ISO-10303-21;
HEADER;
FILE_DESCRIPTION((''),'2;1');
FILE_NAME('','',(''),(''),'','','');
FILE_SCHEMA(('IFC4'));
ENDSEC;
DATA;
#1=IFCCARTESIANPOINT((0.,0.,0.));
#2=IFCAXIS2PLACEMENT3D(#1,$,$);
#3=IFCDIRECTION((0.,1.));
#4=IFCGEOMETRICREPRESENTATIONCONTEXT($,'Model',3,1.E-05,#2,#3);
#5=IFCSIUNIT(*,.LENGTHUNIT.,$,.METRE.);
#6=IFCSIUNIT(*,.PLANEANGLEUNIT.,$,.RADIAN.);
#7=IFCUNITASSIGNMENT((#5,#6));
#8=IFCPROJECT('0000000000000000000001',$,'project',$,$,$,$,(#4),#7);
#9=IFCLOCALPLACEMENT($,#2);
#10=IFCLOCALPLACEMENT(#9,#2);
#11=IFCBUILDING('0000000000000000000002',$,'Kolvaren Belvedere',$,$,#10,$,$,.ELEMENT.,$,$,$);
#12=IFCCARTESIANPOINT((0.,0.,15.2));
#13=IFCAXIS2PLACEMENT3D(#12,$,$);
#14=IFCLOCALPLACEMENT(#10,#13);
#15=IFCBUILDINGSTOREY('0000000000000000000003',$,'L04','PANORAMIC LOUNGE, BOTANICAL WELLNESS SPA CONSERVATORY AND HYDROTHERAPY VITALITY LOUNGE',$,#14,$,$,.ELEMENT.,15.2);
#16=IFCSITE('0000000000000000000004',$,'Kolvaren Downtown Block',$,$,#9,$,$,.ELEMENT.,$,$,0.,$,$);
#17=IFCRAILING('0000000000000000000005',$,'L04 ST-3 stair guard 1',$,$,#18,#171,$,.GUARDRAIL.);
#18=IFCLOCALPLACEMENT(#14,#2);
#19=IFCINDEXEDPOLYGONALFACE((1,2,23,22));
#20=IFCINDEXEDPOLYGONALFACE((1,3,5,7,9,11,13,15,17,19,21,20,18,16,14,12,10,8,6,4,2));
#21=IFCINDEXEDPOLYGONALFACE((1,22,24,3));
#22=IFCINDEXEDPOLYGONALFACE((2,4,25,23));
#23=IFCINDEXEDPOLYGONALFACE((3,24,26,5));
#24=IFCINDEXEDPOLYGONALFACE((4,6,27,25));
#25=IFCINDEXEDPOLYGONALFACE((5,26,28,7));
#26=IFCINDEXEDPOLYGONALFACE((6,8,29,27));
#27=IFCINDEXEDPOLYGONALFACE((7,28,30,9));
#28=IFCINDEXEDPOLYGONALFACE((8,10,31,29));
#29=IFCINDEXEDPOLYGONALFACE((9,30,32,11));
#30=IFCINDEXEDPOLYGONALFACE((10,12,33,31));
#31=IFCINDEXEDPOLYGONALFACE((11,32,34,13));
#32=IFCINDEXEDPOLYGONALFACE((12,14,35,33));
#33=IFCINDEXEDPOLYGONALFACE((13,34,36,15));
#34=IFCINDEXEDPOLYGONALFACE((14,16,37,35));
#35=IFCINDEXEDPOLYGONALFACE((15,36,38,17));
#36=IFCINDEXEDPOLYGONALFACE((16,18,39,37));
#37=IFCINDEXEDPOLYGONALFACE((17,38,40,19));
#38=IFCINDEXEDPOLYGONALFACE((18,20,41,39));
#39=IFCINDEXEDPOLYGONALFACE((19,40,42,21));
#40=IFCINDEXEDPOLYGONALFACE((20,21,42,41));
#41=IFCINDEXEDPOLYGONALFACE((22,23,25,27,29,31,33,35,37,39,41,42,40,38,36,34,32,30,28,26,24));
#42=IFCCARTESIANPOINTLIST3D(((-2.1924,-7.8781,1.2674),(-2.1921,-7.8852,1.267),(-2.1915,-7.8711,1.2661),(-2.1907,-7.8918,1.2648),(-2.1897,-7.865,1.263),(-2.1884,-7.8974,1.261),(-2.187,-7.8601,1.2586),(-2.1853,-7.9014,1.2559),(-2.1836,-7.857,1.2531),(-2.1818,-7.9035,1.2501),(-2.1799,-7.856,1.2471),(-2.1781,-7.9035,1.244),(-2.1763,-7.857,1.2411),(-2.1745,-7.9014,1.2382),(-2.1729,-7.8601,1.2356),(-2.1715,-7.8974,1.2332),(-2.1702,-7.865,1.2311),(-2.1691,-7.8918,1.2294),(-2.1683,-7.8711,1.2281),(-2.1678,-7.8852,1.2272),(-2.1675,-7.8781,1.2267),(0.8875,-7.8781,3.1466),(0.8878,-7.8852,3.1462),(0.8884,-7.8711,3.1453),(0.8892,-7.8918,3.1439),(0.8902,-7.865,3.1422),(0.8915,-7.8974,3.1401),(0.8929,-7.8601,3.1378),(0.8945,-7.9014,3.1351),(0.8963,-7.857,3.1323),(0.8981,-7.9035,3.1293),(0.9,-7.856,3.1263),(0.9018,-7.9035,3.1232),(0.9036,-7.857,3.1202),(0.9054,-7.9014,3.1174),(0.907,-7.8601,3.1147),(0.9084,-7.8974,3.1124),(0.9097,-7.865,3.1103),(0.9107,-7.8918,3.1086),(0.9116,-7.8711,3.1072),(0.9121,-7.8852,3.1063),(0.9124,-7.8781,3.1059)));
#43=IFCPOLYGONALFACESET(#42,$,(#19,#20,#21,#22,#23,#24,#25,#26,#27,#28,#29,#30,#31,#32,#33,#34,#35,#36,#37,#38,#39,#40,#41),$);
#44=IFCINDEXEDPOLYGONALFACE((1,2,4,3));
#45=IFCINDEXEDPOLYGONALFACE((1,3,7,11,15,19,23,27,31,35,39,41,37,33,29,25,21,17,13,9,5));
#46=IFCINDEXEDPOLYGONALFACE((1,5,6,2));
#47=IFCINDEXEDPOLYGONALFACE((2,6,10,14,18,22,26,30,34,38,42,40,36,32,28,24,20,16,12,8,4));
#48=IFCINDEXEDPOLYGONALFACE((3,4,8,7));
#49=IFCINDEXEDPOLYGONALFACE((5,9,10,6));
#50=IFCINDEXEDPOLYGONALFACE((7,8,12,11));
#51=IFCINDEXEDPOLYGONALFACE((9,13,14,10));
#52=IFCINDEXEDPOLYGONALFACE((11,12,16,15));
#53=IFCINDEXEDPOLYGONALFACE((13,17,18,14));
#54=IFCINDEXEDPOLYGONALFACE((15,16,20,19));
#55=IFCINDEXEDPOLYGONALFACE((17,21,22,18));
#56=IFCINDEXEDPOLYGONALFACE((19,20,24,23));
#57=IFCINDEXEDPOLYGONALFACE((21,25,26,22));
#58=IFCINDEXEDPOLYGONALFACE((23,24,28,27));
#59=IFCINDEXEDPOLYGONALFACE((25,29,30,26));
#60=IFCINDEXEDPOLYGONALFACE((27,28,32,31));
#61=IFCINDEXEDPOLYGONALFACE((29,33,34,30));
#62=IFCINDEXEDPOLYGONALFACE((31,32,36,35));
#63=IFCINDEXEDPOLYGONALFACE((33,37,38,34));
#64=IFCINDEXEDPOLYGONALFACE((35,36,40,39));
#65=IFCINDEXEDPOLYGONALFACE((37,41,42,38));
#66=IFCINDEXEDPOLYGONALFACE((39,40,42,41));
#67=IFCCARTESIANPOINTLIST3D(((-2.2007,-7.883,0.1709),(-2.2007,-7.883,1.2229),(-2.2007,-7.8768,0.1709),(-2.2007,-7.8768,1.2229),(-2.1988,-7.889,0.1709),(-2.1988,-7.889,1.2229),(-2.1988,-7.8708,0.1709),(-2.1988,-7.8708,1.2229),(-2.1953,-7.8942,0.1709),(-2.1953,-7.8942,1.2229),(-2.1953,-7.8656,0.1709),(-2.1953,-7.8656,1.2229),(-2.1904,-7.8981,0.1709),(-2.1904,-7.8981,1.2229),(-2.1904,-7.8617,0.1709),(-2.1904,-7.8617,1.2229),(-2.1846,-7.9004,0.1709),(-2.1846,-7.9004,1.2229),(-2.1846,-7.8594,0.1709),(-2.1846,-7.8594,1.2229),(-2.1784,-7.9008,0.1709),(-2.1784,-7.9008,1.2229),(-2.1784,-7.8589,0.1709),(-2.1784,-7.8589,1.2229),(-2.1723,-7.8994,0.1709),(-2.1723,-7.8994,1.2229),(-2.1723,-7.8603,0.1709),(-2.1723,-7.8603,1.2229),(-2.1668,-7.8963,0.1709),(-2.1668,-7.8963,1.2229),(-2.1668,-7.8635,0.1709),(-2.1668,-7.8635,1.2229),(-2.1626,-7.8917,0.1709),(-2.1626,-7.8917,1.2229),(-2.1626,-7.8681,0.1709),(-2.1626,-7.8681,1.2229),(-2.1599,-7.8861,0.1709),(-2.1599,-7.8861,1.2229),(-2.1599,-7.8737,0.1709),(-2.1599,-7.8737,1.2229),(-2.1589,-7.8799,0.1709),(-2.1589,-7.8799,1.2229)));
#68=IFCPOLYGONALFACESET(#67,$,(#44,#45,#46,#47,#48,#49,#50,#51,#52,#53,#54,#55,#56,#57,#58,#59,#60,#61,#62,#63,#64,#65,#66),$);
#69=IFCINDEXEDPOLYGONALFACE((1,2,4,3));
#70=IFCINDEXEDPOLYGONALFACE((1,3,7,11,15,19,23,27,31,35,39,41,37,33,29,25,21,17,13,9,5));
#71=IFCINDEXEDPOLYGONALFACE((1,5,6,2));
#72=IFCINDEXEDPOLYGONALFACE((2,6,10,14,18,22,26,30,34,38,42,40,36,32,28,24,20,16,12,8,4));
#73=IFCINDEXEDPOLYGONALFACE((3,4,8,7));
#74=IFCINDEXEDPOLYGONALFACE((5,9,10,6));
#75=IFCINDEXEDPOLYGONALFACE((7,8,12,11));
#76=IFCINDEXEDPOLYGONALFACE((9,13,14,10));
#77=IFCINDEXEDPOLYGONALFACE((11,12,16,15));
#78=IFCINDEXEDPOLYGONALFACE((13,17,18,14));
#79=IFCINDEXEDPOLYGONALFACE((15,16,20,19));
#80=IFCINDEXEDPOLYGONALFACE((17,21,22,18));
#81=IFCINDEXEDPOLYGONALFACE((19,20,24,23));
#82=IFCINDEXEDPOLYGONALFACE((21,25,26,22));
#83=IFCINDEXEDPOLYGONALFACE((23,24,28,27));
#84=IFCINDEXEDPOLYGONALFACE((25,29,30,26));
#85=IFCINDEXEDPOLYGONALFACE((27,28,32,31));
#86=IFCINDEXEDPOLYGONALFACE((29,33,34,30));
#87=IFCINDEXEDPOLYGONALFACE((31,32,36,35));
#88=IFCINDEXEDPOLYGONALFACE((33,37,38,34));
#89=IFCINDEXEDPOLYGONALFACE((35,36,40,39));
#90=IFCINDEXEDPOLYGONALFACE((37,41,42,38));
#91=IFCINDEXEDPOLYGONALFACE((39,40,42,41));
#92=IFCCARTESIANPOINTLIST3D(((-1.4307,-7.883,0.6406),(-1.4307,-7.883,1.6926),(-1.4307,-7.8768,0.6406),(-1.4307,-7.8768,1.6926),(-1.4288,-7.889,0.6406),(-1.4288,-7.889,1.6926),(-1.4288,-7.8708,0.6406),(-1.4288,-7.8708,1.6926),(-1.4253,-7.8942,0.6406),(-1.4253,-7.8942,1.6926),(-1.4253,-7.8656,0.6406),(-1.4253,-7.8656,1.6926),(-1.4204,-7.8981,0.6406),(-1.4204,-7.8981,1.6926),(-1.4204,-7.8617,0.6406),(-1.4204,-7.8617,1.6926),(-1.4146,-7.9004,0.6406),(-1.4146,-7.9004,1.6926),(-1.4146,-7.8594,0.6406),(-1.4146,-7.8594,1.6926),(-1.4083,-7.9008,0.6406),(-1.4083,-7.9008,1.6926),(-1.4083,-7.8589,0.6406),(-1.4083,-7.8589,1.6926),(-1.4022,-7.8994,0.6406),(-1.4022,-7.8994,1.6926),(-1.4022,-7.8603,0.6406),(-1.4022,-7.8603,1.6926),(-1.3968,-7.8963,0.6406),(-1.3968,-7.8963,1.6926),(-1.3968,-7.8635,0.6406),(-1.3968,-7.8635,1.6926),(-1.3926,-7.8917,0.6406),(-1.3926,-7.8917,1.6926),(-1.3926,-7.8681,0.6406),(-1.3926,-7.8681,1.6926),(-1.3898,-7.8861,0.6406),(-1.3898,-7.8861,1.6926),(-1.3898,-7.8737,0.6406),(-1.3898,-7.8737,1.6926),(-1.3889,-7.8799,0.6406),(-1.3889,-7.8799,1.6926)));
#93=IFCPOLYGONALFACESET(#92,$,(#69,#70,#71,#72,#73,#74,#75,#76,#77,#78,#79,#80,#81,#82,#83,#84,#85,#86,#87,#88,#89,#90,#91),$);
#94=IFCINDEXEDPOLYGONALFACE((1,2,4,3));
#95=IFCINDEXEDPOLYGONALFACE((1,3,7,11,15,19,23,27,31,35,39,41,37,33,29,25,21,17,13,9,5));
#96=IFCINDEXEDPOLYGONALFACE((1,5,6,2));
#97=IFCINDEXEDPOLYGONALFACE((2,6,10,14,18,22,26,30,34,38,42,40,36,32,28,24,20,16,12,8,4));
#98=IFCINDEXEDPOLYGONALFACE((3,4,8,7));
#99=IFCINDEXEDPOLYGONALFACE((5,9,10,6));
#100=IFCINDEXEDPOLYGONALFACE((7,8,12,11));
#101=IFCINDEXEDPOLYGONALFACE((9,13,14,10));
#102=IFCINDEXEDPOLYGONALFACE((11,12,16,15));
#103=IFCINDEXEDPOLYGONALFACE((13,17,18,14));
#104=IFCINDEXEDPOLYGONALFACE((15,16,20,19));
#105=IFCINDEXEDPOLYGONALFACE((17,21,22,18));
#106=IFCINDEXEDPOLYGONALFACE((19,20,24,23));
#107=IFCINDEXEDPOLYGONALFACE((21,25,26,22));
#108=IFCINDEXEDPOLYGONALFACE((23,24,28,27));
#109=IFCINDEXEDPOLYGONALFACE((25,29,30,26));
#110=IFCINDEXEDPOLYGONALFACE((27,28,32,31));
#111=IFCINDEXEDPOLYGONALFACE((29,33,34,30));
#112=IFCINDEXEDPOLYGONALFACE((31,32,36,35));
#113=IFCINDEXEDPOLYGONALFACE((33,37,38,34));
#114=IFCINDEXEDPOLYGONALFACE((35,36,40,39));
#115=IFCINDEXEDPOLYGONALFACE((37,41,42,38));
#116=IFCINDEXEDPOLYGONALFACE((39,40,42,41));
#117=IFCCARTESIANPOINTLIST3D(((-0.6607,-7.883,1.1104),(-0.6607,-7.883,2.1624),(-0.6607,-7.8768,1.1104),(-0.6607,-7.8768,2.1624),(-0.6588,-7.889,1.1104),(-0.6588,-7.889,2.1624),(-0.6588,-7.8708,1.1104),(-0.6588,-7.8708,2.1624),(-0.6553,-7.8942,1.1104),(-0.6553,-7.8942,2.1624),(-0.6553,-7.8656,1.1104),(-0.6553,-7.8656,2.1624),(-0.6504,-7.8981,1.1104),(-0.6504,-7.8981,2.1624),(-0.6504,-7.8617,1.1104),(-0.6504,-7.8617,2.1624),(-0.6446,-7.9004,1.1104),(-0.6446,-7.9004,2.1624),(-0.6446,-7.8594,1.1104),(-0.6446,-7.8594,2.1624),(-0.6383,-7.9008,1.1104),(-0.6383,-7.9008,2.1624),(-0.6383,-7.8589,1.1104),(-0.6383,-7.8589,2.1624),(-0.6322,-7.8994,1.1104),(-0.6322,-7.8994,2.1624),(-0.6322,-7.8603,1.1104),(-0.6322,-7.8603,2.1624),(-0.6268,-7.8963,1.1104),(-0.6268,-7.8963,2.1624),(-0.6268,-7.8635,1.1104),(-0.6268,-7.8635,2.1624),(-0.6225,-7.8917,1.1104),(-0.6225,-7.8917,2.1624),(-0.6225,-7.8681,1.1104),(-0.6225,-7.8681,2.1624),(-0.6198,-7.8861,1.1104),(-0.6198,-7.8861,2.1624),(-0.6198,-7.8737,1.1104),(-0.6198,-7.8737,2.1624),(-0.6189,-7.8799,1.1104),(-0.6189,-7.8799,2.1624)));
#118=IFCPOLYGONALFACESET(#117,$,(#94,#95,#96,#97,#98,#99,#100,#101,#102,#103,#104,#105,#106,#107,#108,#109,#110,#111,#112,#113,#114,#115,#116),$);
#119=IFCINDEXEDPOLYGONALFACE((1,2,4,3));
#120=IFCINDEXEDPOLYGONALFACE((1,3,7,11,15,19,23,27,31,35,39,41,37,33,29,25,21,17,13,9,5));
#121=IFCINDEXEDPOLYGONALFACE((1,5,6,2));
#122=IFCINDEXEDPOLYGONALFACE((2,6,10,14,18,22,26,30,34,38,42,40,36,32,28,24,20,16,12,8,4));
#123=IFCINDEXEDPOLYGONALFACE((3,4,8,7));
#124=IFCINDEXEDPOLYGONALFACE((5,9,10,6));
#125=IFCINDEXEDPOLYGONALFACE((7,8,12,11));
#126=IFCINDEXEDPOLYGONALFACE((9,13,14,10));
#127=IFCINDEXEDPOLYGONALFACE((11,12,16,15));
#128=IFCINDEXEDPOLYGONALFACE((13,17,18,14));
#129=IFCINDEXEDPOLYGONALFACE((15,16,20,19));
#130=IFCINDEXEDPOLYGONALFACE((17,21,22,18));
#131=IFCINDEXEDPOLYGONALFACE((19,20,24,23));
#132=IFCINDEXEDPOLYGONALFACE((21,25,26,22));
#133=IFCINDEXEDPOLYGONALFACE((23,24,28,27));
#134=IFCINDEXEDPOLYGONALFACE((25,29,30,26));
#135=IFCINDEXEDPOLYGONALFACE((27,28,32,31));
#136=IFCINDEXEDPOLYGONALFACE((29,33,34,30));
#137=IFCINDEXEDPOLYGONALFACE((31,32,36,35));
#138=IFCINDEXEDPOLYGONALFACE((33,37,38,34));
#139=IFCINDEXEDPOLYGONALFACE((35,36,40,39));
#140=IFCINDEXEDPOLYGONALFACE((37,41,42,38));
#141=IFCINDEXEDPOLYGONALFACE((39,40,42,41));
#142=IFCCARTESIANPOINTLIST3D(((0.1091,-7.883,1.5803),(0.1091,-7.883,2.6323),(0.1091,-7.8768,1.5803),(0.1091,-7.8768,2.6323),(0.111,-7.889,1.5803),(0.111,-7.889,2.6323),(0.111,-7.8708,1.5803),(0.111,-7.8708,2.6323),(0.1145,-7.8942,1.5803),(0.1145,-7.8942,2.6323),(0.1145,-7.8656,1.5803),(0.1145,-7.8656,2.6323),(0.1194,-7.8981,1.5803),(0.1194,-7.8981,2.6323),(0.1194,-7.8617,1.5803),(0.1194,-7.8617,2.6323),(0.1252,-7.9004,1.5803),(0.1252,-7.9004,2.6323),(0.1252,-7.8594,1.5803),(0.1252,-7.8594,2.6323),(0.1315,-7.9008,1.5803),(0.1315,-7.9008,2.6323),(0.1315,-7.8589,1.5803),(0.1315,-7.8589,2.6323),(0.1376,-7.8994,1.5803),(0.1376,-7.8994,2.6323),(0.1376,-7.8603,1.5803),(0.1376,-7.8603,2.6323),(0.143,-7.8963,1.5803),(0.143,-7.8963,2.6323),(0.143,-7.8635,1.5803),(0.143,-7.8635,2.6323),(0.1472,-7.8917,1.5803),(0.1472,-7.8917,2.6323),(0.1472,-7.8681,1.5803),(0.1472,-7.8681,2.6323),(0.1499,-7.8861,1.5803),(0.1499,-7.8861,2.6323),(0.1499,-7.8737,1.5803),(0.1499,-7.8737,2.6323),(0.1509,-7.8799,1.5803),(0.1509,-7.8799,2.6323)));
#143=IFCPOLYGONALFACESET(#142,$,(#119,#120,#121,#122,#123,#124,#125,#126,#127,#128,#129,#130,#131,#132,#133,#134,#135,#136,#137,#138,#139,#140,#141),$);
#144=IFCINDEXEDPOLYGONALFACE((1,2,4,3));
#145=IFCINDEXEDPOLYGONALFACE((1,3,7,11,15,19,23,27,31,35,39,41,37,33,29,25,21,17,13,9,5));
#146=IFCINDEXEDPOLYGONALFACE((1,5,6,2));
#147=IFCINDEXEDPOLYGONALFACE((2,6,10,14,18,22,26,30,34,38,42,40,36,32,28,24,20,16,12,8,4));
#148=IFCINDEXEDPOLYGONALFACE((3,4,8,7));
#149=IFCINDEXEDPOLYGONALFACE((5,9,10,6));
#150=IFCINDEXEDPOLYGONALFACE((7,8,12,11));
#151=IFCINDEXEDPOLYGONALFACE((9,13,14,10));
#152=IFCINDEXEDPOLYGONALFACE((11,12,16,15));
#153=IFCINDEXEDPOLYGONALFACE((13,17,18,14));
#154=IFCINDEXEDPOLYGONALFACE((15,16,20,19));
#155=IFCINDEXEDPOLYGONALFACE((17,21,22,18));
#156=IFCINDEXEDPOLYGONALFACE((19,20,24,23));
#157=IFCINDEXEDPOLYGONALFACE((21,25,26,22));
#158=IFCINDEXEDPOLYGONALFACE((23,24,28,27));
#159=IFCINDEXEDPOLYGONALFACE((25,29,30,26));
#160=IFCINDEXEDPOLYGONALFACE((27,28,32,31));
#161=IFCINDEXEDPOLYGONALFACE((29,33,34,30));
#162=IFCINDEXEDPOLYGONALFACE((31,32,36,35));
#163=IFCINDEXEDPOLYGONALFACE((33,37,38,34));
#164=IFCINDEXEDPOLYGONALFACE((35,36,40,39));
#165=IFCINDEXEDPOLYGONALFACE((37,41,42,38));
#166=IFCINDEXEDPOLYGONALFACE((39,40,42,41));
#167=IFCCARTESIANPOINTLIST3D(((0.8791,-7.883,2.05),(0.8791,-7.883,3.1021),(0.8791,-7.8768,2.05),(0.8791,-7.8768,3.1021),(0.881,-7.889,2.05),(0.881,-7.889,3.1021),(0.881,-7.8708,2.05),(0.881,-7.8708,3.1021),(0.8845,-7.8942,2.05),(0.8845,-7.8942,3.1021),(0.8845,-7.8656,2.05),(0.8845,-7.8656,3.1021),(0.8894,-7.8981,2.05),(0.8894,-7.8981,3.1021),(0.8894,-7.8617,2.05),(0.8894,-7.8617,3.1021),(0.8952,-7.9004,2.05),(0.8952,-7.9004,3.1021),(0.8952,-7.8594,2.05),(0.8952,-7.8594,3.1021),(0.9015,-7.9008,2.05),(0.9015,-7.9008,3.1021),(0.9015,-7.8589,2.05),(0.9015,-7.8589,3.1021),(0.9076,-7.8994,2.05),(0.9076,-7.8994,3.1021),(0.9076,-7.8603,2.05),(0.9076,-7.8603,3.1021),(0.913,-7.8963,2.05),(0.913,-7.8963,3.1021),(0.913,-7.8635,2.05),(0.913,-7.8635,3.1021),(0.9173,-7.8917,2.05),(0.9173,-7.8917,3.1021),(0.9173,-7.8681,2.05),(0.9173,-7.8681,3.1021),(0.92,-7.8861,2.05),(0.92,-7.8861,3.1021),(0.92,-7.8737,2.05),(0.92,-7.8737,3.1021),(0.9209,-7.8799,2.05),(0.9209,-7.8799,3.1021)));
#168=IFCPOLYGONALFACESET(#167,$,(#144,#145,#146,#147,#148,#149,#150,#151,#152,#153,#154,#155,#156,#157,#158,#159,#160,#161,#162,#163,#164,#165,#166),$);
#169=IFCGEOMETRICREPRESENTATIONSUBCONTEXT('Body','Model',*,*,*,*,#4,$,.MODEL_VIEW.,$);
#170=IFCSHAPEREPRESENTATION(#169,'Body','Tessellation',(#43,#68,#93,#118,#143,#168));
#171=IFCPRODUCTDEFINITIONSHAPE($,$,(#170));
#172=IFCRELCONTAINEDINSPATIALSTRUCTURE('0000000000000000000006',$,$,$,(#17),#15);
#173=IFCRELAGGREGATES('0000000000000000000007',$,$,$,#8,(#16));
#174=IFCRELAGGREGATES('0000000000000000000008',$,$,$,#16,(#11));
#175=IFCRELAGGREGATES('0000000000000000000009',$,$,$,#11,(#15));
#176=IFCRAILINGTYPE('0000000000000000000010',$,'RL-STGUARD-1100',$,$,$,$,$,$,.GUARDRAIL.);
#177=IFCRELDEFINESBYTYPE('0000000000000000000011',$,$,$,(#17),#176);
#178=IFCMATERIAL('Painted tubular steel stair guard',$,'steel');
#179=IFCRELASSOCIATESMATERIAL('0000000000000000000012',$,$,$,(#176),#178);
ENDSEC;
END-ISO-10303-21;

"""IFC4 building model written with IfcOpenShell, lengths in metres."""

from ifc_helpers import new_model, si_unit, direction, frame, origin, origin_2d, place, context, subcontext, project, spatial, circle, extrude, material, type_object, element, save


model = new_model("IFC4")

# Units and contexts
model_context = context("Model", 3, precision=1e-05, world=origin(), true_north=direction((0.0, 1.0)))
body_context = subcontext(model_context, "Body", "Model", "MODEL_VIEW")
ifc_project = project(units=[si_unit("LENGTHUNIT", "METRE"), si_unit("PLANEANGLEUNIT", "RADIAN")], contexts=[model_context])

# Site, building, storey
site_placement = place(None, origin())
site = spatial("IfcSite", under=ifc_project, at=site_placement, Name="Kolvaren Downtown Block", CompositionType="ELEMENT", RefElevation=0.0)
building_placement = place(site_placement, origin())
building = spatial("IfcBuilding", under=site, at=building_placement, Name="Kolvaren Belvedere", CompositionType="ELEMENT")
storey_placement = place(building_placement, frame((0.0, 0.0, 15.2)))
storey = spatial("IfcBuildingStorey", under=building, at=storey_placement, Name="L04", Description="PANORAMIC LOUNGE, BOTANICAL WELLNESS SPA CONSERVATORY AND HYDROTHERAPY VITALITY LOUNGE", CompositionType="ELEMENT", Elevation=15.2)

# Railing
ifc_material_1 = material(Name="Painted tubular steel stair guard", Category="steel")
railing_type_1 = type_object("IfcRailingType", Name="RL-STGUARD-1100", PredefinedType="GUARDRAIL", material=ifc_material_1)
railing_1_placement = place(storey_placement, frame((-2.1799, -7.8799, 0.1709)))
element("IfcRailing", 1, at=railing_1_placement, inside=storey, type_object=railing_type_1, Name="L04 ST-3 stair guard 1", PredefinedType="GUARDRAIL", context=body_context, shape_type="SweptSolid", body=[
    extrude(circle(Radius=0.0239, at=origin_2d()), frame((0.0, 0.0, 1.0762), z_axis=(0.853648, 0.0, 0.52085), x_axis=(0.0, 1.0, 0.0)), (0.0, 0.0, 1.0), 3.6079),
    extrude(circle(Radius=0.021, at=origin_2d()), origin(), (0.0, 0.0, 1.0), 1.052),
    extrude(circle(Radius=0.021, at=origin_2d()), frame((0.77, 0.0, 0.4697)), (0.0, 0.0, 1.0), 1.052),
    extrude(circle(Radius=0.021, at=origin_2d()), frame((1.54, 0.0, 0.9395)), (0.0, 0.0, 1.0), 1.052),
    extrude(circle(Radius=0.021, at=origin_2d()), frame((2.3098, 0.0, 1.4094)), (0.0, 0.0, 1.0), 1.052),
    extrude(circle(Radius=0.021, at=origin_2d()), frame((3.0798, 0.0, 1.8792)), (0.0, 0.0, 1.0), 1.052),
])

save(model, "model.ifc")
